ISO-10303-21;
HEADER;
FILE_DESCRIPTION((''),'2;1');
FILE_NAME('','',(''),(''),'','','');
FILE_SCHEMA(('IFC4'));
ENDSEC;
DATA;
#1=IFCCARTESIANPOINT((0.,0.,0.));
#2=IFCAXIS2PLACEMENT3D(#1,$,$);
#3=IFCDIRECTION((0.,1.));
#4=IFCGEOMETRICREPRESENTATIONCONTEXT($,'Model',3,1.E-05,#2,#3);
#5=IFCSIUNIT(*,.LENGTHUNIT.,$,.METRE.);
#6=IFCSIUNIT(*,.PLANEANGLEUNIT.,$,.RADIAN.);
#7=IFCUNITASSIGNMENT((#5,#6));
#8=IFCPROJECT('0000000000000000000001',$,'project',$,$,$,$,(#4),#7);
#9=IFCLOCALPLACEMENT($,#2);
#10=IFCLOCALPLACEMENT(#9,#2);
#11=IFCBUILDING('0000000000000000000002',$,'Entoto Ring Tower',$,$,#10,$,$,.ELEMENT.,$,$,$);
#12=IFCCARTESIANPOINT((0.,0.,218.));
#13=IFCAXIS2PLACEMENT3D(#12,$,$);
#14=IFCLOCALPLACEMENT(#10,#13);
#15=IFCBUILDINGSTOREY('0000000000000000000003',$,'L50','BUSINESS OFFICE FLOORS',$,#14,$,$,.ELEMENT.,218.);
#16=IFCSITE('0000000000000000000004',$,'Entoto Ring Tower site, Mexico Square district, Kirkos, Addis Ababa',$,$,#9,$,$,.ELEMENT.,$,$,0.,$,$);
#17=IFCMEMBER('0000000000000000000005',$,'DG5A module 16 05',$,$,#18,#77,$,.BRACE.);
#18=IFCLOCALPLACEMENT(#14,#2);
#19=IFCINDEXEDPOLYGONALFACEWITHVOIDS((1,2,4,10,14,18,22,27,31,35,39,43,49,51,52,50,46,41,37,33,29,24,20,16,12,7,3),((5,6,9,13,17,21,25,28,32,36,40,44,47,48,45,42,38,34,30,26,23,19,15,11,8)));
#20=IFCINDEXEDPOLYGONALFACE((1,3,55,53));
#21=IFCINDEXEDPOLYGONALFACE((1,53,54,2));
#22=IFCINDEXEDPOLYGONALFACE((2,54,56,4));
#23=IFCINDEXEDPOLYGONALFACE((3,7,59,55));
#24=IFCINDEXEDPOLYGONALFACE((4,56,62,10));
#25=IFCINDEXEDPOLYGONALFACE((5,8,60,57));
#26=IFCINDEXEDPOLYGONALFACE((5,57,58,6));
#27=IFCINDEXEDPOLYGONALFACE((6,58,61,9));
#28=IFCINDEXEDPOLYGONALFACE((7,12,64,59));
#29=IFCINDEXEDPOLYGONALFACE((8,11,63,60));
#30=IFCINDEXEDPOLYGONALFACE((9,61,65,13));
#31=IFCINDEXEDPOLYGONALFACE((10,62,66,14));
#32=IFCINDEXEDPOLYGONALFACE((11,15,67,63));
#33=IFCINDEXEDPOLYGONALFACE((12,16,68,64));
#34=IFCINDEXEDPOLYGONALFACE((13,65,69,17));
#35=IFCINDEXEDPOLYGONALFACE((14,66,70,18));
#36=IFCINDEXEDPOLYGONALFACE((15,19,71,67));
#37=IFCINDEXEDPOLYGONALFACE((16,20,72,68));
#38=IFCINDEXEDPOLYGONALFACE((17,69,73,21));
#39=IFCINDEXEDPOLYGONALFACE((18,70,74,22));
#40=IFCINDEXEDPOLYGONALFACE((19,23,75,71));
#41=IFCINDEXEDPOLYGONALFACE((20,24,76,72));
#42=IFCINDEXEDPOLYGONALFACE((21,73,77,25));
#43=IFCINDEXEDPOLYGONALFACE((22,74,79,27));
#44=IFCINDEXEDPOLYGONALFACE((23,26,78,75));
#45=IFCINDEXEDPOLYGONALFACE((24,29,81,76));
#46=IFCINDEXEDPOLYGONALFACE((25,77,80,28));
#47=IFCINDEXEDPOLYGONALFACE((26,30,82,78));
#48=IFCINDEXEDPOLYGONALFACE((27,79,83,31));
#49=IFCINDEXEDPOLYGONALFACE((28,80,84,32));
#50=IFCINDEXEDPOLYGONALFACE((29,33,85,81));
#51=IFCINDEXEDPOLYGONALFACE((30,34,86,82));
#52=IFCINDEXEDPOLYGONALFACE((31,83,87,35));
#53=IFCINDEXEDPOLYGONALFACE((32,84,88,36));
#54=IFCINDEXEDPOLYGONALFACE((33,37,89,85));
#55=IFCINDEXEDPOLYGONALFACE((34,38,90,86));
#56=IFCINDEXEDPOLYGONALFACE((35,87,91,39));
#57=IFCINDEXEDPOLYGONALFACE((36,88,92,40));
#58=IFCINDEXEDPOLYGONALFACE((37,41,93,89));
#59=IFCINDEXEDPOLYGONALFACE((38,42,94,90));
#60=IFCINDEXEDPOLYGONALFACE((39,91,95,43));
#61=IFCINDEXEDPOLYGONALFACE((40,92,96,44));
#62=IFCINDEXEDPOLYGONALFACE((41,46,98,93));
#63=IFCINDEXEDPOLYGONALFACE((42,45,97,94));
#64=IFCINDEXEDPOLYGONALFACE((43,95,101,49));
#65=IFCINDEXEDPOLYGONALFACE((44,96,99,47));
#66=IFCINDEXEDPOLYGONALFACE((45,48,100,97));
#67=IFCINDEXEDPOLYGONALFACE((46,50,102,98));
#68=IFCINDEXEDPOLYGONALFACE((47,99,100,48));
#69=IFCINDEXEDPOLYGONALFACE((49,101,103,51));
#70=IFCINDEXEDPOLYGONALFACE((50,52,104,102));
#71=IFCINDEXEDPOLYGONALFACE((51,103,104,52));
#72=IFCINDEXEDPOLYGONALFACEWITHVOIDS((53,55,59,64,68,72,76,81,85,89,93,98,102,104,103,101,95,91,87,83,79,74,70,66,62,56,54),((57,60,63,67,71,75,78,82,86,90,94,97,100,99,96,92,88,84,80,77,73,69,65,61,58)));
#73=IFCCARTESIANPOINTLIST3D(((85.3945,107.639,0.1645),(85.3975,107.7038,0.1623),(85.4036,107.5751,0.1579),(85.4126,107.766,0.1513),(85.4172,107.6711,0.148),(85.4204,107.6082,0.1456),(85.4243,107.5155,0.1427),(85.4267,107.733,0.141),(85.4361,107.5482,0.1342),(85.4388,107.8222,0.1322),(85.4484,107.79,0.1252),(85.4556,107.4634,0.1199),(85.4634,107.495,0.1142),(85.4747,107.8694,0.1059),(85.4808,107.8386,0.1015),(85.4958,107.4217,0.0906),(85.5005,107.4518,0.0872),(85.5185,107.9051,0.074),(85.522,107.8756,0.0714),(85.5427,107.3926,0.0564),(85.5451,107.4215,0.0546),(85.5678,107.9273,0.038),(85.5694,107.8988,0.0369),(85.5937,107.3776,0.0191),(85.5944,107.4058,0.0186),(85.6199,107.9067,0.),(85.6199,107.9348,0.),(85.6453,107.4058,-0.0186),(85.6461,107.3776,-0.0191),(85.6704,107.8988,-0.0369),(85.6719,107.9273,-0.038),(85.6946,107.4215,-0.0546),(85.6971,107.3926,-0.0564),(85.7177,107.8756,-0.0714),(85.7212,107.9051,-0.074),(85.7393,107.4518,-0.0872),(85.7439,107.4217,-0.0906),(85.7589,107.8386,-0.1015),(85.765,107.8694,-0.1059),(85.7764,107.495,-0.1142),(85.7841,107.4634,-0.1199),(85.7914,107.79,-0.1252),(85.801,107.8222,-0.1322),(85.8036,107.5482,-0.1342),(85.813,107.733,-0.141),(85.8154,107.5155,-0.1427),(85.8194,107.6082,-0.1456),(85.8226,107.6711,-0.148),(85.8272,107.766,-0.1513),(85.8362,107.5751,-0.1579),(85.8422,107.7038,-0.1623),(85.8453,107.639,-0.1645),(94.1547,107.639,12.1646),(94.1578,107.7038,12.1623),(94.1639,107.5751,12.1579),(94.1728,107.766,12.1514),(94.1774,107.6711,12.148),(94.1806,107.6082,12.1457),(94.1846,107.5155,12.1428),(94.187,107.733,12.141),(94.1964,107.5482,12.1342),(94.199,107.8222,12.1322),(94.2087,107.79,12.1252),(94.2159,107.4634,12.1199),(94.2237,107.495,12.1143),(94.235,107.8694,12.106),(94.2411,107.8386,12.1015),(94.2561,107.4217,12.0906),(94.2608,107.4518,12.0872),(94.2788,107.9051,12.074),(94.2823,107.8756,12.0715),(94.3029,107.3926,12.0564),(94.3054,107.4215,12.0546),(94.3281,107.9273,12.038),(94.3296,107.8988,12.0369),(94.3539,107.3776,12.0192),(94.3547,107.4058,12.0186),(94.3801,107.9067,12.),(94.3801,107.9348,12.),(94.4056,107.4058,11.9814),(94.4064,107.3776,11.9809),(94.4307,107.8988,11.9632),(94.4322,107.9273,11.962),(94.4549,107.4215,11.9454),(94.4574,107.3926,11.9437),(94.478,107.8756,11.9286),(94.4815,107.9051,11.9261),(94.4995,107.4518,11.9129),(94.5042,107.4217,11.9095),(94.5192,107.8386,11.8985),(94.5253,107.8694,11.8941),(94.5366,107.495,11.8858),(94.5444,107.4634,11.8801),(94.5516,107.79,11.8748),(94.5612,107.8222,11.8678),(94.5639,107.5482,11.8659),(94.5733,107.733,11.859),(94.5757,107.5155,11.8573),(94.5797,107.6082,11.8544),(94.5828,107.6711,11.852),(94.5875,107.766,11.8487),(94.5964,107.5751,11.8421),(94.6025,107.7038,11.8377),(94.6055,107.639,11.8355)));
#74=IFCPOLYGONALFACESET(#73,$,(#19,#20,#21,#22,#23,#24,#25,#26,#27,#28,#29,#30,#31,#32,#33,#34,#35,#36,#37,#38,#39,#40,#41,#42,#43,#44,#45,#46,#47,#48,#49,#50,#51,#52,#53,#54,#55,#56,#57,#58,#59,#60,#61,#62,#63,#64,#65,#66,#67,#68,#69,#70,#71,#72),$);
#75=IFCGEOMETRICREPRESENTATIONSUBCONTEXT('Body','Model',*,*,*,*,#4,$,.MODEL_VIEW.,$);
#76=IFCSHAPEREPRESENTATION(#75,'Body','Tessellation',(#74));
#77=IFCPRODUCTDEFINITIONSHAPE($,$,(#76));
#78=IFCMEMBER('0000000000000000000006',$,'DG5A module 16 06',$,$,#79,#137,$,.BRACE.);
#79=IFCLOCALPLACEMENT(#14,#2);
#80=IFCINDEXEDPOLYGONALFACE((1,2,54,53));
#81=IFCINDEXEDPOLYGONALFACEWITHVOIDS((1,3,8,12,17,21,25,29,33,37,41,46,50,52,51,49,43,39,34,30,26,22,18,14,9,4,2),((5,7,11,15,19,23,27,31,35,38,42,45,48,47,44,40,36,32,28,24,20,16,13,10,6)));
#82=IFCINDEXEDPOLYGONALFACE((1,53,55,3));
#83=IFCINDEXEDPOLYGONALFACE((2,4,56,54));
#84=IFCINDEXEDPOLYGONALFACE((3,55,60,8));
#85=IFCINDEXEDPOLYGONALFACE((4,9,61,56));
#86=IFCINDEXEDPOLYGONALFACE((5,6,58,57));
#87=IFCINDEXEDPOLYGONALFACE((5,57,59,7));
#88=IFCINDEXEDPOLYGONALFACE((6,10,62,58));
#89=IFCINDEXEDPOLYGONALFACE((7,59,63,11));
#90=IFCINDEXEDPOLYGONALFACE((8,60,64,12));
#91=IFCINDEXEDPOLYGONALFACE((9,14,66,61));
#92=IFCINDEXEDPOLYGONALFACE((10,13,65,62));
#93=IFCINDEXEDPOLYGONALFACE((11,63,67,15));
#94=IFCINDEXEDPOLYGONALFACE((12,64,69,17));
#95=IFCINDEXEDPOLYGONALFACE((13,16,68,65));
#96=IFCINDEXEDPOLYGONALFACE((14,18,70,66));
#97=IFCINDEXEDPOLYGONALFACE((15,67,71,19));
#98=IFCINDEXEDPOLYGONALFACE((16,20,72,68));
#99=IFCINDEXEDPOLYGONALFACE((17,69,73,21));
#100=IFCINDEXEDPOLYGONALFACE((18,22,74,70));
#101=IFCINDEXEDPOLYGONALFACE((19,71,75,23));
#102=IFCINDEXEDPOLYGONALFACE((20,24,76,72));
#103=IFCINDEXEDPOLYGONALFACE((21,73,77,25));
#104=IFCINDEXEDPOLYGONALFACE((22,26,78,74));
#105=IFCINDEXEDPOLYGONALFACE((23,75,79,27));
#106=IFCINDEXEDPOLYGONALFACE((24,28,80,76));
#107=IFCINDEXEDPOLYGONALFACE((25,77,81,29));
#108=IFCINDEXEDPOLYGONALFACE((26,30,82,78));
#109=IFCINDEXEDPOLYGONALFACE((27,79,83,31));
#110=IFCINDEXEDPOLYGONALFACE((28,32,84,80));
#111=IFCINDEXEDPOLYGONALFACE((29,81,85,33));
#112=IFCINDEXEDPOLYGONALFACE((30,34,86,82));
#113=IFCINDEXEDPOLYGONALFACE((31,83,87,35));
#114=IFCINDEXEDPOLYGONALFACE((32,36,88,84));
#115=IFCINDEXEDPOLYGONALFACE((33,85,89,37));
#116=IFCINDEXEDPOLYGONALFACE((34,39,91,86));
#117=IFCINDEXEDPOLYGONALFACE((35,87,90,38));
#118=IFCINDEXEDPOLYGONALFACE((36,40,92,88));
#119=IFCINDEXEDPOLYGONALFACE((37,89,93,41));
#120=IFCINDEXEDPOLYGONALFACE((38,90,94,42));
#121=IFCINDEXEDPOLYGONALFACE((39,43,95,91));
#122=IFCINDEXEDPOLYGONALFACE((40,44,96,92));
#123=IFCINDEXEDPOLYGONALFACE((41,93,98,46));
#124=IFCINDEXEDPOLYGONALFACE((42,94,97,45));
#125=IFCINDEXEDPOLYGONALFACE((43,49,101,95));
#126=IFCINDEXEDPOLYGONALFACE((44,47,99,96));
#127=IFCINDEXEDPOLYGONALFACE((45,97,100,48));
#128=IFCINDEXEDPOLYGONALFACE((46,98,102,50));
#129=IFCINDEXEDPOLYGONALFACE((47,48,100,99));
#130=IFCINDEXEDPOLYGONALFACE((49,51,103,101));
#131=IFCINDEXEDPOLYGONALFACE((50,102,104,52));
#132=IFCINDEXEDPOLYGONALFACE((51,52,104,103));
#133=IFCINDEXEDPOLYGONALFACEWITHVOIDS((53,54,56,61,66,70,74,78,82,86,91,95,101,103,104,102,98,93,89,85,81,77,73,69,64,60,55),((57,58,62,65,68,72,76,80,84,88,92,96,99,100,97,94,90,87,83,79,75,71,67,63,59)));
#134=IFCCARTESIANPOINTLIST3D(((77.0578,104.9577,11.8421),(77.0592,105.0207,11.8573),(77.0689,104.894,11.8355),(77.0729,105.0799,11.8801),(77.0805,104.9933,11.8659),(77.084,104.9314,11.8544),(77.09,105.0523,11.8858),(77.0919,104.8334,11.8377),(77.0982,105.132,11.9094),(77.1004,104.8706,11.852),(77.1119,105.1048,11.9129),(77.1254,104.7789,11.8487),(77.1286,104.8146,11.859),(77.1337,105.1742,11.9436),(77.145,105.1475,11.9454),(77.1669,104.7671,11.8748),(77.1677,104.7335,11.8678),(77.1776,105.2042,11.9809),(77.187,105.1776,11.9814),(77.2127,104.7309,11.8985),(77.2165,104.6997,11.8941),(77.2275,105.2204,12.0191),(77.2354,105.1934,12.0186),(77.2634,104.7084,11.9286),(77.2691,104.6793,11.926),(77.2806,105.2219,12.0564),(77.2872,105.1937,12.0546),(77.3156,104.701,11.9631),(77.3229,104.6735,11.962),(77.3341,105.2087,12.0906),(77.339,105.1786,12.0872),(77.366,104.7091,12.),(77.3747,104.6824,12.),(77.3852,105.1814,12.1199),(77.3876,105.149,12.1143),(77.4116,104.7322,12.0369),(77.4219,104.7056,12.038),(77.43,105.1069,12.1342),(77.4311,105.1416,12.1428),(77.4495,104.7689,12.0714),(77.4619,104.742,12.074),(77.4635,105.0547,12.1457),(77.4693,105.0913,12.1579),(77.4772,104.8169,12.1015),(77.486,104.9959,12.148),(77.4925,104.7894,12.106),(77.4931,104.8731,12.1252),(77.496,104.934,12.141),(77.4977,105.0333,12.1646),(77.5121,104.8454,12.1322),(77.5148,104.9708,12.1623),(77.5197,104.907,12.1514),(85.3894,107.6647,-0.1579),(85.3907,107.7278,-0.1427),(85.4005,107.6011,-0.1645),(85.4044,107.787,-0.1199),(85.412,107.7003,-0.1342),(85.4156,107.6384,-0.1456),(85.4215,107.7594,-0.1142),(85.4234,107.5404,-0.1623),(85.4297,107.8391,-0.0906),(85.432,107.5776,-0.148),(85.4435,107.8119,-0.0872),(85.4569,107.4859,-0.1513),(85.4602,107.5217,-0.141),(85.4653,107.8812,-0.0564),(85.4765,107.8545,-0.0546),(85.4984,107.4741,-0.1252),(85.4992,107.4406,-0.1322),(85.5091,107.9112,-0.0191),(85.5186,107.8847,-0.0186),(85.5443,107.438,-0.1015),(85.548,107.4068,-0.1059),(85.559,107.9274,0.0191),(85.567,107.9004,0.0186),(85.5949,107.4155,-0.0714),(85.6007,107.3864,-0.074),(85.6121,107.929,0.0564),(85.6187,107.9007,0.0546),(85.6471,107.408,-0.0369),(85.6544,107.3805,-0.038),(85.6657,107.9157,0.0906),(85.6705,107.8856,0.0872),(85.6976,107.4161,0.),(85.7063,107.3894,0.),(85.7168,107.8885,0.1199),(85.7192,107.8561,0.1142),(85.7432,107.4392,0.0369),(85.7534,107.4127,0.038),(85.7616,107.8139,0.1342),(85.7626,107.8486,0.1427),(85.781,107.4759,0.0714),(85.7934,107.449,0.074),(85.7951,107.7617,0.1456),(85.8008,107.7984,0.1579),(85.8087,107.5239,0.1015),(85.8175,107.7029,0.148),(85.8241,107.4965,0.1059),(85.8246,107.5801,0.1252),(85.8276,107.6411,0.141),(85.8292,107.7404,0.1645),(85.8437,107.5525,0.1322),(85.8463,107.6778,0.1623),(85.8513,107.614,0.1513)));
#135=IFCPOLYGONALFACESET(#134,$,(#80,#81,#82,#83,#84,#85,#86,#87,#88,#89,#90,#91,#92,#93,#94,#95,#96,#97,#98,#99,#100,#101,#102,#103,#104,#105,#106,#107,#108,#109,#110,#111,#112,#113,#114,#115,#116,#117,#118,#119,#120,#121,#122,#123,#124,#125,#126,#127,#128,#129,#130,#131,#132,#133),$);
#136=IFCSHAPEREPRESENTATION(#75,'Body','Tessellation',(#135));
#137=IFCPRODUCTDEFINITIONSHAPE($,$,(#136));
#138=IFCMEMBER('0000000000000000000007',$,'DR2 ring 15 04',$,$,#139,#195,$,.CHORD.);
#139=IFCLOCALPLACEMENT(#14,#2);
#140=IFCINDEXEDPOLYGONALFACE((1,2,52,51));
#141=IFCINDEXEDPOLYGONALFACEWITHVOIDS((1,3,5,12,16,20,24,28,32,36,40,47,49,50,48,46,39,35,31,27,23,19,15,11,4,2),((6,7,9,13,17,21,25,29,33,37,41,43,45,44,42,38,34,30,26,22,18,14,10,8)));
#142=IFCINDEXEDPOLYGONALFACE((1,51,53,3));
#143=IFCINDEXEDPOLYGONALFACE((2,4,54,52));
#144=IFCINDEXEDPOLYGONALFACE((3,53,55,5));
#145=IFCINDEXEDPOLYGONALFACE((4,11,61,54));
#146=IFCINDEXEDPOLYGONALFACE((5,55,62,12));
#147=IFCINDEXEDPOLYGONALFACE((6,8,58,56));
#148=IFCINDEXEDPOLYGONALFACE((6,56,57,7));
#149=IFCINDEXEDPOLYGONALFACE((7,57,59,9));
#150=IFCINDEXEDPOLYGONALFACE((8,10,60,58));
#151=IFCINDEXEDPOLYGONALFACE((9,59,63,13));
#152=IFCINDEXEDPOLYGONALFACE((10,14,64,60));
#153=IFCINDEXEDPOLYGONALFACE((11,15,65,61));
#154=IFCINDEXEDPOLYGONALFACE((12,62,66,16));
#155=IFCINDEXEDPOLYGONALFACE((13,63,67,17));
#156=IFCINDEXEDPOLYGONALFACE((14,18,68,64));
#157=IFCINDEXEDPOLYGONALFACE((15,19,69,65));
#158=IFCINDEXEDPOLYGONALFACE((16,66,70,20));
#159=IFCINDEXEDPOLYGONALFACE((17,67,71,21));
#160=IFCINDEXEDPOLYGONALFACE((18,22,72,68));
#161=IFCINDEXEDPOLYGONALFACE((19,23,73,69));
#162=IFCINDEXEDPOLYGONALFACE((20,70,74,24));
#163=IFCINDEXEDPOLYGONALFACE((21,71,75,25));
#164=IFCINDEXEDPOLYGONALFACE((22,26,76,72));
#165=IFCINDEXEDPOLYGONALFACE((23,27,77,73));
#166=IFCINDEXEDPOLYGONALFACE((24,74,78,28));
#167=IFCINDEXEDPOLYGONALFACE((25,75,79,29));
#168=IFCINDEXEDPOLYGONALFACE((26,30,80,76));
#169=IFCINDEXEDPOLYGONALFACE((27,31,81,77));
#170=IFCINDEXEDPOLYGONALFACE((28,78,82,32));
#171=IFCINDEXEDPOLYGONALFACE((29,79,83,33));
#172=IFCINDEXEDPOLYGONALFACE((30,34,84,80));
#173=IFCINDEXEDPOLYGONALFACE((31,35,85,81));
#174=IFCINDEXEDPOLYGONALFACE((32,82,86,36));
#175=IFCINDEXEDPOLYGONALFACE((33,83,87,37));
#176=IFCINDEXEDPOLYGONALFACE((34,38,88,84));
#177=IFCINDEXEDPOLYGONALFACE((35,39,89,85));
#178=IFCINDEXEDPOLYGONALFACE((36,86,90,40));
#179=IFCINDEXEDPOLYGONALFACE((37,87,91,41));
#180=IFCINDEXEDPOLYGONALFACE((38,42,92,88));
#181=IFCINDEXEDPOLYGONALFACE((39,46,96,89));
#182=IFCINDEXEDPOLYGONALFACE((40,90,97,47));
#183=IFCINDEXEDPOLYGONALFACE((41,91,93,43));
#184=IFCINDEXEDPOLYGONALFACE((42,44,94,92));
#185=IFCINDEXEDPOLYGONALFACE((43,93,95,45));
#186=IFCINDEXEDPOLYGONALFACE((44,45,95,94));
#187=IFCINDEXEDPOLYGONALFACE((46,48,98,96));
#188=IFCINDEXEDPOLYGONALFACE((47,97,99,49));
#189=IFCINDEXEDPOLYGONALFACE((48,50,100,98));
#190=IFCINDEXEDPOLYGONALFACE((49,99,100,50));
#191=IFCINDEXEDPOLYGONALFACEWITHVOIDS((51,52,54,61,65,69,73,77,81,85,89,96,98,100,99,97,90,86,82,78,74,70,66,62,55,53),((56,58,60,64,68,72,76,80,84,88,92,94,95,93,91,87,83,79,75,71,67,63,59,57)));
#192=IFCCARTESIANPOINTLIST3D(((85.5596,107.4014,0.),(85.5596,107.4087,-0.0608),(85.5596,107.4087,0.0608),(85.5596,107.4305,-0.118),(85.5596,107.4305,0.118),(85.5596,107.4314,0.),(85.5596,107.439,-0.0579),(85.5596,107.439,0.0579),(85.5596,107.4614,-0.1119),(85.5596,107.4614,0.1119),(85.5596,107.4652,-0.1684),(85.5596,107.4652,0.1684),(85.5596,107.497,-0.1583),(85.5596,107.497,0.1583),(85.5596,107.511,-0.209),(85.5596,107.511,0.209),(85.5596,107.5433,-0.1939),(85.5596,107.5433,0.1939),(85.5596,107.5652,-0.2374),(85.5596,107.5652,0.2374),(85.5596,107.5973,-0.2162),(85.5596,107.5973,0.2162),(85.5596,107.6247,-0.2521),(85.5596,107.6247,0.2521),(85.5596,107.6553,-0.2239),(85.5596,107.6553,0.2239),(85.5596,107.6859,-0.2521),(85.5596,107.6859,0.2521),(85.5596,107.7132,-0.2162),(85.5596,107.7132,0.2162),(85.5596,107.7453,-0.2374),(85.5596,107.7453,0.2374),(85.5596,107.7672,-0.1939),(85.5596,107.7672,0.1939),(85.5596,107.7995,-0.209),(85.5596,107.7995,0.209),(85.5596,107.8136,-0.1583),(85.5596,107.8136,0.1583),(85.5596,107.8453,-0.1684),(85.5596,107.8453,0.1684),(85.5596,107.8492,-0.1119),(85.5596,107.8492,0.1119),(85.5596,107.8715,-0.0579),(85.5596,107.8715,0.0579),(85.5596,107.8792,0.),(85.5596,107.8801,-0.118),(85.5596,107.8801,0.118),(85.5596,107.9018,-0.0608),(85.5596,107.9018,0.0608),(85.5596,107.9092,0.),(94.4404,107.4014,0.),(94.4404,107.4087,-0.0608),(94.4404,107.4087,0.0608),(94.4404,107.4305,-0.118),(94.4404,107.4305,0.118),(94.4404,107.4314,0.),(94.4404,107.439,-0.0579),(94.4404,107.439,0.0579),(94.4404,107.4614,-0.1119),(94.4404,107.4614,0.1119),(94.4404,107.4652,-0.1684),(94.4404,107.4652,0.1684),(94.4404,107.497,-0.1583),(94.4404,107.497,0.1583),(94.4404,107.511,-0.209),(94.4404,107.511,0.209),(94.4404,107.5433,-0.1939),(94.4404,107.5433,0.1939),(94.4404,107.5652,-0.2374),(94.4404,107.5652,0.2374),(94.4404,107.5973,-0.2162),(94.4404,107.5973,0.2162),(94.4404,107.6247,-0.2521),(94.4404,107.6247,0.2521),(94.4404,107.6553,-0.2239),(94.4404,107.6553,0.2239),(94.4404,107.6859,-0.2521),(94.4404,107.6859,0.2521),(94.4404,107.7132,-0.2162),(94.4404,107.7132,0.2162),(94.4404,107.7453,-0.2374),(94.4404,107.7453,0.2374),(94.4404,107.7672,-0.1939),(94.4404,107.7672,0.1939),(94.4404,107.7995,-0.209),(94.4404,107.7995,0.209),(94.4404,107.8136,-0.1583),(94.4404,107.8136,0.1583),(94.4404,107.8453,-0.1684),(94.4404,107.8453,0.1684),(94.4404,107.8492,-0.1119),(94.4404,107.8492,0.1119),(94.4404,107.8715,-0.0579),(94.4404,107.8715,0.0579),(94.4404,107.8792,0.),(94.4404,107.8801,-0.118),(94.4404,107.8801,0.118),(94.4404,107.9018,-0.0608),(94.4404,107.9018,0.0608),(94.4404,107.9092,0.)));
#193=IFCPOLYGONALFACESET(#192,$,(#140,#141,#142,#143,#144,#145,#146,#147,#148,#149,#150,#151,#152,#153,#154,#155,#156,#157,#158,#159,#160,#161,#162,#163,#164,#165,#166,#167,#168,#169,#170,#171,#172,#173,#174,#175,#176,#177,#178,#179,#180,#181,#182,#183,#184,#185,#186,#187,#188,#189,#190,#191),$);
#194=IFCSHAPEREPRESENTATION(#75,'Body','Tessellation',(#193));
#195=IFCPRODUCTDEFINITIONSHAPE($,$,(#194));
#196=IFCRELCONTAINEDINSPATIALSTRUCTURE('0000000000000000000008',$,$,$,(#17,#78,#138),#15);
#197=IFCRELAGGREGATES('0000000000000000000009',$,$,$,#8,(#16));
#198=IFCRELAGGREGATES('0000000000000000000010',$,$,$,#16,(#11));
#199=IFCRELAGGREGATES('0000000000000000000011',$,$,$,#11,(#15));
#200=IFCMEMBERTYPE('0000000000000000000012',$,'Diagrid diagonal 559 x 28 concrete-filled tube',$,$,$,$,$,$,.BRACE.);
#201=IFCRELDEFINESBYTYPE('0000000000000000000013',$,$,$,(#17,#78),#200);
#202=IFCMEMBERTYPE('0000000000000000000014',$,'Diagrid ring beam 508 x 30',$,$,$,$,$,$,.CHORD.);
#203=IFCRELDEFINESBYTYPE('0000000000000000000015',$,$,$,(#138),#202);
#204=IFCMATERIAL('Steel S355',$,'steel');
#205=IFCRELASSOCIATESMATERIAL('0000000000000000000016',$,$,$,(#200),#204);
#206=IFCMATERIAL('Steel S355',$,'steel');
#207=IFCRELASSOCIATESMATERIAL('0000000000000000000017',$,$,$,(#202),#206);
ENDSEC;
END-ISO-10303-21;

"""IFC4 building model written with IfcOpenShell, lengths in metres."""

from ifc_helpers import new_model, si_unit, direction, frame, origin, origin_2d, place, context, subcontext, project, spatial, circle, hollow_circle, extrude, material, material_profile, profile_set, type_object, element, save


model = new_model("IFC4")

# Units and contexts
model_context = context("Model", 3, precision=1e-05, world=origin(), true_north=direction((0.0, 1.0)))
body_context = subcontext(model_context, "Body", "Model", "MODEL_VIEW")
ifc_project = project(units=[si_unit("LENGTHUNIT", "METRE"), si_unit("PLANEANGLEUNIT", "RADIAN")], contexts=[model_context])

# Site, building, storey
site_placement = place(None, origin())
site = spatial("IfcSite", under=ifc_project, at=site_placement, Name="Entoto Ring Tower site, Mexico Square district, Kirkos, Addis Ababa", CompositionType="ELEMENT", RefElevation=0.0)
building_placement = place(site_placement, origin())
building = spatial("IfcBuilding", under=site, at=building_placement, Name="Entoto Ring Tower", CompositionType="ELEMENT")
storey_placement = place(building_placement, frame((0.0, 0.0, 218.0)))
storey = spatial("IfcBuildingStorey", under=building, at=storey_placement, Name="L50", Description="BUSINESS OFFICE FLOORS", CompositionType="ELEMENT", Elevation=218.0)

# Members
ifc_material_1 = material(Name="Steel S355", Category="steel")
ifc_material_profile_1 = material_profile(ifc_material_1, hollow_circle(Radius=0.2795, WallThickness=0.0281, at=origin_2d()), Name="CHS 559 x 28")
ifc_material_2 = material(Name="Concrete C60/75", Category="concrete")
ifc_material_profile_2 = material_profile(ifc_material_2, circle(Radius=0.2515, at=origin_2d()), Name="Concrete C60/75 infill")
ifc_profile_set_1 = profile_set([ifc_material_profile_1, ifc_material_profile_2], Name="Steel S355")
member_type_1 = type_object("IfcMemberType", Name="Diagrid diagonal 559 x 28 concrete-filled tube", PredefinedType="BRACE", material=ifc_profile_set_1)
for number, where, z_axis, x_axis, name in (
    (1, (85.6199, 107.6553, 0.0), (0.589623, 0.0, 0.807679), (0.0, 1.0, 0.0), "DG5A module 16 05"),
    (2, (85.6199, 107.6553, 0.0), (-0.560767, -0.182201, 0.807678), (0.309012, -0.951058, 0.0), "DG5A module 16 06"),
):
    element("IfcMember", number, at=place(storey_placement, frame(where, z_axis=z_axis, x_axis=x_axis)), inside=storey, type_object=member_type_1, Name=name, PredefinedType="BRACE", context=body_context, shape_type="SweptSolid", body=[
        extrude(hollow_circle(Radius=0.2795, WallThickness=0.0281, at=origin_2d()), origin(), (0.0, 0.0, 1.0), 14.8574),
    ])
ifc_material_3 = material(Name="Steel S355", Category="steel")
ifc_material_profile_3 = material_profile(ifc_material_3, hollow_circle(Radius=0.2539, WallThickness=0.03, at=origin_2d()), Name="CHS 508 x 30")
ifc_material_4 = material(Name="Concrete C60/75", Category="concrete")
ifc_material_profile_4 = material_profile(ifc_material_4, circle(Radius=0.2241, at=origin_2d()), Name="Concrete C60/75 infill")
ifc_profile_set_2 = profile_set([ifc_material_profile_3, ifc_material_profile_4], Name="Steel S355")
member_type_2 = type_object("IfcMemberType", Name="Diagrid ring beam 508 x 30", PredefinedType="CHORD", material=ifc_profile_set_2)
member_1_placement = place(storey_placement, frame((94.4404, 107.6553, 0.0), z_axis=(-1.0, 0.0, 0.0), x_axis=(0.0, -1.0, 0.0)))
element("IfcMember", 3, at=member_1_placement, inside=storey, type_object=member_type_2, Name="DR2 ring 15 04", PredefinedType="CHORD", context=body_context, shape_type="SweptSolid", body=[
    extrude(hollow_circle(Radius=0.2539, WallThickness=0.03, at=origin_2d()), origin(), (0.0, 0.0, 1.0), 8.8809),
])

save(model, "model.ifc")
